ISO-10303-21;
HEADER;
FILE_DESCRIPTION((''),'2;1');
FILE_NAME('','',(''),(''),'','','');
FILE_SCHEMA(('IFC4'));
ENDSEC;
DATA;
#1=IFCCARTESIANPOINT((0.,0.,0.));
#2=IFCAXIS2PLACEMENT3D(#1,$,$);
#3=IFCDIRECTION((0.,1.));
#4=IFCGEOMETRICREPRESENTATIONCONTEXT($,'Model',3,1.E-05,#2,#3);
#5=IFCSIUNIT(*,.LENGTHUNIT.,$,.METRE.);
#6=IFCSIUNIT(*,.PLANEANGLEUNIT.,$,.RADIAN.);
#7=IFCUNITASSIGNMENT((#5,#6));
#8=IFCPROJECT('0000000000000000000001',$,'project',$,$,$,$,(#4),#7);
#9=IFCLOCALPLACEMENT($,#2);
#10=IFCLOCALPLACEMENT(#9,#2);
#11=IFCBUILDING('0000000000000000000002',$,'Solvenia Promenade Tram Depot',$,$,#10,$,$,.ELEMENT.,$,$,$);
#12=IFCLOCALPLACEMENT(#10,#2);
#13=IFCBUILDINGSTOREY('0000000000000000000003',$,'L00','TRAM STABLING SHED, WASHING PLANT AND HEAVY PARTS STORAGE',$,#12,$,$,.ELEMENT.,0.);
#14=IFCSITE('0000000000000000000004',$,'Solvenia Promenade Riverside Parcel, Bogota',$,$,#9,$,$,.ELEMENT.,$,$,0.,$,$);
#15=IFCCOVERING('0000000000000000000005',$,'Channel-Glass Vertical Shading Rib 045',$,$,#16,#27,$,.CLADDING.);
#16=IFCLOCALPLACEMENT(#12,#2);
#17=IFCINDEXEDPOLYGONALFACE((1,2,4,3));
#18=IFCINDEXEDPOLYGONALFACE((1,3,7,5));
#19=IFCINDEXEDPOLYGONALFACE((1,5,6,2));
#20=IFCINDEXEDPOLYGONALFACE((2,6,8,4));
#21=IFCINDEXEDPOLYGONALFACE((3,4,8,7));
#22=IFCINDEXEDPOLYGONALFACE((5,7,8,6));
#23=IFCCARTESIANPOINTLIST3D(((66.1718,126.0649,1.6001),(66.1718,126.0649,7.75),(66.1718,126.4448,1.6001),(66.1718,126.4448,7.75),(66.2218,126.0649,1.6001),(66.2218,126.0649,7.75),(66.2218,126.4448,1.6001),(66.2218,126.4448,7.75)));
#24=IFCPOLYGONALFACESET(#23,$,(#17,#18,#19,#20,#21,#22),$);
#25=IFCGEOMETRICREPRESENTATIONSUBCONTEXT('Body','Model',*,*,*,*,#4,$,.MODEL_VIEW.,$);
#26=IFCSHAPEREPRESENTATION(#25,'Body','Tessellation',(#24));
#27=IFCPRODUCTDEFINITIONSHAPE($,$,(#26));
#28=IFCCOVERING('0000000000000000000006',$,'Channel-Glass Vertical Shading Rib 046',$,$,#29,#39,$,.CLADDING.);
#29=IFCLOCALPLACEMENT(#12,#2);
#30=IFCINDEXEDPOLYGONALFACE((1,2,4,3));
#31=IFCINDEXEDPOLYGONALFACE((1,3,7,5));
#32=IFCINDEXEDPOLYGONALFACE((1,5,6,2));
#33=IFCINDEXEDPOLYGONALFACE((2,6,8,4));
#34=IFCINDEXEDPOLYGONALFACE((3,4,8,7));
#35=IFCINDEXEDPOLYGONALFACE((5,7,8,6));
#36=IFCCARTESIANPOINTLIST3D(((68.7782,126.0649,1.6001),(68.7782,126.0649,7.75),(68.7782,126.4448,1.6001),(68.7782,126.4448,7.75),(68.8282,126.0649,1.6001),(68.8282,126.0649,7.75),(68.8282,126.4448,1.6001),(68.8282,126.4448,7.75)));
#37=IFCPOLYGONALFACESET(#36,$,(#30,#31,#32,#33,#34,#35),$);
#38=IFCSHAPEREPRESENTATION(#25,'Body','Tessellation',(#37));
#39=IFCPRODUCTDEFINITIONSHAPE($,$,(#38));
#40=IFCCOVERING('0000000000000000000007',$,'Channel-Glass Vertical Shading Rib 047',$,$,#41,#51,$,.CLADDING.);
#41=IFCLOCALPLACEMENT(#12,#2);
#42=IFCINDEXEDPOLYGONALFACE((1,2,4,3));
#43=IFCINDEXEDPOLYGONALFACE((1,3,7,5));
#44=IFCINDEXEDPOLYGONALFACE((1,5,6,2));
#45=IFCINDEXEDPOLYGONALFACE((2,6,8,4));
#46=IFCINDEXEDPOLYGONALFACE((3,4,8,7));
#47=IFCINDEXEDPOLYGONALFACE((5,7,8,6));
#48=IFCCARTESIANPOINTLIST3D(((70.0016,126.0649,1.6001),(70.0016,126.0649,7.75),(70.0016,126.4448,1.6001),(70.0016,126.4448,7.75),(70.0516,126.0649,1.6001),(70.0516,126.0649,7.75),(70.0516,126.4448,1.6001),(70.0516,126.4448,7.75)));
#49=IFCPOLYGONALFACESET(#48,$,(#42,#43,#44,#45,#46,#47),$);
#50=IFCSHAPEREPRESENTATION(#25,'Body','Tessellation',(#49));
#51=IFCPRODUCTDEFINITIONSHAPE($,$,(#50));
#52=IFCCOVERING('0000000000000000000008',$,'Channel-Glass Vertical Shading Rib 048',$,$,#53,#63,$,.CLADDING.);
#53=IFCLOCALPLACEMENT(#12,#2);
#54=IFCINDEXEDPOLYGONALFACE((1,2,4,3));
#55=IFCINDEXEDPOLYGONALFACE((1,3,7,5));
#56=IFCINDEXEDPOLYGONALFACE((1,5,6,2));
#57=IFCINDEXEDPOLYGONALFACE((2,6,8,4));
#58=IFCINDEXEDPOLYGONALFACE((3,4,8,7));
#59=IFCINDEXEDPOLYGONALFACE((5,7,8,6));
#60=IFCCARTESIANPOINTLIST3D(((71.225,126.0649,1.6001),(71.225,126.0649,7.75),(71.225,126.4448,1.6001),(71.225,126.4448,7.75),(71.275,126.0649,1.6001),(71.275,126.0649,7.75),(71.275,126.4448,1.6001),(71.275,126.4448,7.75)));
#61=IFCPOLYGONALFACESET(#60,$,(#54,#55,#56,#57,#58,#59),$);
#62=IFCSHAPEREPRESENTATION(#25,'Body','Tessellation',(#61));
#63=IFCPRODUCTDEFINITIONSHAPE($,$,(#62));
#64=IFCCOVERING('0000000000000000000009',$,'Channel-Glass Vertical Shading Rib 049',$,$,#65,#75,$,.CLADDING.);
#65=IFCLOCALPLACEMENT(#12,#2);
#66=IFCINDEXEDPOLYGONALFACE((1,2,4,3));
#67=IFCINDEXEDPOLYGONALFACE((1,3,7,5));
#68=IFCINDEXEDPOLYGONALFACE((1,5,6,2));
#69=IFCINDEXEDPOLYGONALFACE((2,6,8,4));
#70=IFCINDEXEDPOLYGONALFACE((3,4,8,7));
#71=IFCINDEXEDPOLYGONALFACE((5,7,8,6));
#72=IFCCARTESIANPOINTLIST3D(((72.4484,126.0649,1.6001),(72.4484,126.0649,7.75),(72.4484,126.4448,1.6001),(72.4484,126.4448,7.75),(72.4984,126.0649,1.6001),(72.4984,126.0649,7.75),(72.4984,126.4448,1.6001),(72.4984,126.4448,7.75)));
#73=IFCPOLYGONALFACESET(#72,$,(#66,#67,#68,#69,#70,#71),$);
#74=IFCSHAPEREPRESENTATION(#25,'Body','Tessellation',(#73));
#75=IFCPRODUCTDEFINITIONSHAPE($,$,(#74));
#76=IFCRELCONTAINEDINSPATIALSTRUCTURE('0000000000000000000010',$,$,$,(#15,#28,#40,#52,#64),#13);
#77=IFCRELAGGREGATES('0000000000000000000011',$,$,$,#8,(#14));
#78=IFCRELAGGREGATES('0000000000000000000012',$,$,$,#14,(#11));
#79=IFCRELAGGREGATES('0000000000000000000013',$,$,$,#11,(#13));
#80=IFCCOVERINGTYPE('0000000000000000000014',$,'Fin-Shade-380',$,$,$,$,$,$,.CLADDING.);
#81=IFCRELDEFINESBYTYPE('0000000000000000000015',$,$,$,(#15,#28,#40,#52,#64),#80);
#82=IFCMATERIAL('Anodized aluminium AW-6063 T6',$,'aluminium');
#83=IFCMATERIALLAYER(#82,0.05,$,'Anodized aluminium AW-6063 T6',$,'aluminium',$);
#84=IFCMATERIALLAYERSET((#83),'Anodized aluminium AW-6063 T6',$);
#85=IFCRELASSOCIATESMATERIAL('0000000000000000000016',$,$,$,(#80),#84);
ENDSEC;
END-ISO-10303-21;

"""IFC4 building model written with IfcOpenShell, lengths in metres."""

from ifc_helpers import new_model, si_unit, direction, frame, origin, origin_2d, place, context, subcontext, project, spatial, rectangle, extrude, material, layer, layer_set, type_object, element, save


model = new_model("IFC4")

# Units and contexts
model_context = context("Model", 3, precision=1e-05, world=origin(), true_north=direction((0.0, 1.0)))
body_context = subcontext(model_context, "Body", "Model", "MODEL_VIEW")
ifc_project = project(units=[si_unit("LENGTHUNIT", "METRE"), si_unit("PLANEANGLEUNIT", "RADIAN")], contexts=[model_context])

# Site, building, storey
site_placement = place(None, origin())
site = spatial("IfcSite", under=ifc_project, at=site_placement, Name="Solvenia Promenade Riverside Parcel, Bogota", CompositionType="ELEMENT", RefElevation=0.0)
building_placement = place(site_placement, origin())
building = spatial("IfcBuilding", under=site, at=building_placement, Name="Solvenia Promenade Tram Depot", CompositionType="ELEMENT")
storey_placement = place(building_placement, origin())
storey = spatial("IfcBuildingStorey", under=building, at=storey_placement, Name="L00", Description="TRAM STABLING SHED, WASHING PLANT AND HEAVY PARTS STORAGE", CompositionType="ELEMENT", Elevation=0.0)

# Shared definitions
ifc_material_1 = material(Name="Anodized aluminium AW-6063 T6", Category="aluminium")

# Coverings
ifc_layer_1 = layer(ifc_material_1, 0.05, Name="Anodized aluminium AW-6063 T6", Category="aluminium")
ifc_layer_set_1 = layer_set([ifc_layer_1], Name="Anodized aluminium AW-6063 T6")
covering_type = type_object("IfcCoveringType", Name="Fin-Shade-380", PredefinedType="CLADDING", material=ifc_layer_set_1)
for number, where, z_axis, x_axis, name in (
    (1, (66.1968, 126.2549, 1.6001), (0.0, 0.0, 1.0), (1.0, 0.0, 0.0), "Channel-Glass Vertical Shading Rib 045"),
    (2, (68.8032, 126.2549, 1.6001), (0.0, 0.0, 1.0), (1.0, 0.0, 0.0), "Channel-Glass Vertical Shading Rib 046"),
    (3, (70.0266, 126.2549, 1.6001), (0.0, 0.0, 1.0), (1.0, 0.0, 0.0), "Channel-Glass Vertical Shading Rib 047"),
    (4, (71.25, 126.2549, 1.6001), (0.0, 0.0, 1.0), (1.0, 0.0, 0.0), "Channel-Glass Vertical Shading Rib 048"),
    (5, (72.4734, 126.2549, 1.6001), (0.0, 0.0, 1.0), (1.0, 0.0, 0.0), "Channel-Glass Vertical Shading Rib 049"),
):
    element("IfcCovering", number, at=place(storey_placement, frame(where, z_axis=z_axis, x_axis=x_axis)), inside=storey, type_object=covering_type, Name=name, PredefinedType="CLADDING", context=body_context, shape_type="SweptSolid", body=[
        extrude(rectangle(XDim=0.05, YDim=0.3799, at=origin_2d()), origin(), (0.0, 0.0, 1.0), 6.1499),
    ])

save(model, "model.ifc")
